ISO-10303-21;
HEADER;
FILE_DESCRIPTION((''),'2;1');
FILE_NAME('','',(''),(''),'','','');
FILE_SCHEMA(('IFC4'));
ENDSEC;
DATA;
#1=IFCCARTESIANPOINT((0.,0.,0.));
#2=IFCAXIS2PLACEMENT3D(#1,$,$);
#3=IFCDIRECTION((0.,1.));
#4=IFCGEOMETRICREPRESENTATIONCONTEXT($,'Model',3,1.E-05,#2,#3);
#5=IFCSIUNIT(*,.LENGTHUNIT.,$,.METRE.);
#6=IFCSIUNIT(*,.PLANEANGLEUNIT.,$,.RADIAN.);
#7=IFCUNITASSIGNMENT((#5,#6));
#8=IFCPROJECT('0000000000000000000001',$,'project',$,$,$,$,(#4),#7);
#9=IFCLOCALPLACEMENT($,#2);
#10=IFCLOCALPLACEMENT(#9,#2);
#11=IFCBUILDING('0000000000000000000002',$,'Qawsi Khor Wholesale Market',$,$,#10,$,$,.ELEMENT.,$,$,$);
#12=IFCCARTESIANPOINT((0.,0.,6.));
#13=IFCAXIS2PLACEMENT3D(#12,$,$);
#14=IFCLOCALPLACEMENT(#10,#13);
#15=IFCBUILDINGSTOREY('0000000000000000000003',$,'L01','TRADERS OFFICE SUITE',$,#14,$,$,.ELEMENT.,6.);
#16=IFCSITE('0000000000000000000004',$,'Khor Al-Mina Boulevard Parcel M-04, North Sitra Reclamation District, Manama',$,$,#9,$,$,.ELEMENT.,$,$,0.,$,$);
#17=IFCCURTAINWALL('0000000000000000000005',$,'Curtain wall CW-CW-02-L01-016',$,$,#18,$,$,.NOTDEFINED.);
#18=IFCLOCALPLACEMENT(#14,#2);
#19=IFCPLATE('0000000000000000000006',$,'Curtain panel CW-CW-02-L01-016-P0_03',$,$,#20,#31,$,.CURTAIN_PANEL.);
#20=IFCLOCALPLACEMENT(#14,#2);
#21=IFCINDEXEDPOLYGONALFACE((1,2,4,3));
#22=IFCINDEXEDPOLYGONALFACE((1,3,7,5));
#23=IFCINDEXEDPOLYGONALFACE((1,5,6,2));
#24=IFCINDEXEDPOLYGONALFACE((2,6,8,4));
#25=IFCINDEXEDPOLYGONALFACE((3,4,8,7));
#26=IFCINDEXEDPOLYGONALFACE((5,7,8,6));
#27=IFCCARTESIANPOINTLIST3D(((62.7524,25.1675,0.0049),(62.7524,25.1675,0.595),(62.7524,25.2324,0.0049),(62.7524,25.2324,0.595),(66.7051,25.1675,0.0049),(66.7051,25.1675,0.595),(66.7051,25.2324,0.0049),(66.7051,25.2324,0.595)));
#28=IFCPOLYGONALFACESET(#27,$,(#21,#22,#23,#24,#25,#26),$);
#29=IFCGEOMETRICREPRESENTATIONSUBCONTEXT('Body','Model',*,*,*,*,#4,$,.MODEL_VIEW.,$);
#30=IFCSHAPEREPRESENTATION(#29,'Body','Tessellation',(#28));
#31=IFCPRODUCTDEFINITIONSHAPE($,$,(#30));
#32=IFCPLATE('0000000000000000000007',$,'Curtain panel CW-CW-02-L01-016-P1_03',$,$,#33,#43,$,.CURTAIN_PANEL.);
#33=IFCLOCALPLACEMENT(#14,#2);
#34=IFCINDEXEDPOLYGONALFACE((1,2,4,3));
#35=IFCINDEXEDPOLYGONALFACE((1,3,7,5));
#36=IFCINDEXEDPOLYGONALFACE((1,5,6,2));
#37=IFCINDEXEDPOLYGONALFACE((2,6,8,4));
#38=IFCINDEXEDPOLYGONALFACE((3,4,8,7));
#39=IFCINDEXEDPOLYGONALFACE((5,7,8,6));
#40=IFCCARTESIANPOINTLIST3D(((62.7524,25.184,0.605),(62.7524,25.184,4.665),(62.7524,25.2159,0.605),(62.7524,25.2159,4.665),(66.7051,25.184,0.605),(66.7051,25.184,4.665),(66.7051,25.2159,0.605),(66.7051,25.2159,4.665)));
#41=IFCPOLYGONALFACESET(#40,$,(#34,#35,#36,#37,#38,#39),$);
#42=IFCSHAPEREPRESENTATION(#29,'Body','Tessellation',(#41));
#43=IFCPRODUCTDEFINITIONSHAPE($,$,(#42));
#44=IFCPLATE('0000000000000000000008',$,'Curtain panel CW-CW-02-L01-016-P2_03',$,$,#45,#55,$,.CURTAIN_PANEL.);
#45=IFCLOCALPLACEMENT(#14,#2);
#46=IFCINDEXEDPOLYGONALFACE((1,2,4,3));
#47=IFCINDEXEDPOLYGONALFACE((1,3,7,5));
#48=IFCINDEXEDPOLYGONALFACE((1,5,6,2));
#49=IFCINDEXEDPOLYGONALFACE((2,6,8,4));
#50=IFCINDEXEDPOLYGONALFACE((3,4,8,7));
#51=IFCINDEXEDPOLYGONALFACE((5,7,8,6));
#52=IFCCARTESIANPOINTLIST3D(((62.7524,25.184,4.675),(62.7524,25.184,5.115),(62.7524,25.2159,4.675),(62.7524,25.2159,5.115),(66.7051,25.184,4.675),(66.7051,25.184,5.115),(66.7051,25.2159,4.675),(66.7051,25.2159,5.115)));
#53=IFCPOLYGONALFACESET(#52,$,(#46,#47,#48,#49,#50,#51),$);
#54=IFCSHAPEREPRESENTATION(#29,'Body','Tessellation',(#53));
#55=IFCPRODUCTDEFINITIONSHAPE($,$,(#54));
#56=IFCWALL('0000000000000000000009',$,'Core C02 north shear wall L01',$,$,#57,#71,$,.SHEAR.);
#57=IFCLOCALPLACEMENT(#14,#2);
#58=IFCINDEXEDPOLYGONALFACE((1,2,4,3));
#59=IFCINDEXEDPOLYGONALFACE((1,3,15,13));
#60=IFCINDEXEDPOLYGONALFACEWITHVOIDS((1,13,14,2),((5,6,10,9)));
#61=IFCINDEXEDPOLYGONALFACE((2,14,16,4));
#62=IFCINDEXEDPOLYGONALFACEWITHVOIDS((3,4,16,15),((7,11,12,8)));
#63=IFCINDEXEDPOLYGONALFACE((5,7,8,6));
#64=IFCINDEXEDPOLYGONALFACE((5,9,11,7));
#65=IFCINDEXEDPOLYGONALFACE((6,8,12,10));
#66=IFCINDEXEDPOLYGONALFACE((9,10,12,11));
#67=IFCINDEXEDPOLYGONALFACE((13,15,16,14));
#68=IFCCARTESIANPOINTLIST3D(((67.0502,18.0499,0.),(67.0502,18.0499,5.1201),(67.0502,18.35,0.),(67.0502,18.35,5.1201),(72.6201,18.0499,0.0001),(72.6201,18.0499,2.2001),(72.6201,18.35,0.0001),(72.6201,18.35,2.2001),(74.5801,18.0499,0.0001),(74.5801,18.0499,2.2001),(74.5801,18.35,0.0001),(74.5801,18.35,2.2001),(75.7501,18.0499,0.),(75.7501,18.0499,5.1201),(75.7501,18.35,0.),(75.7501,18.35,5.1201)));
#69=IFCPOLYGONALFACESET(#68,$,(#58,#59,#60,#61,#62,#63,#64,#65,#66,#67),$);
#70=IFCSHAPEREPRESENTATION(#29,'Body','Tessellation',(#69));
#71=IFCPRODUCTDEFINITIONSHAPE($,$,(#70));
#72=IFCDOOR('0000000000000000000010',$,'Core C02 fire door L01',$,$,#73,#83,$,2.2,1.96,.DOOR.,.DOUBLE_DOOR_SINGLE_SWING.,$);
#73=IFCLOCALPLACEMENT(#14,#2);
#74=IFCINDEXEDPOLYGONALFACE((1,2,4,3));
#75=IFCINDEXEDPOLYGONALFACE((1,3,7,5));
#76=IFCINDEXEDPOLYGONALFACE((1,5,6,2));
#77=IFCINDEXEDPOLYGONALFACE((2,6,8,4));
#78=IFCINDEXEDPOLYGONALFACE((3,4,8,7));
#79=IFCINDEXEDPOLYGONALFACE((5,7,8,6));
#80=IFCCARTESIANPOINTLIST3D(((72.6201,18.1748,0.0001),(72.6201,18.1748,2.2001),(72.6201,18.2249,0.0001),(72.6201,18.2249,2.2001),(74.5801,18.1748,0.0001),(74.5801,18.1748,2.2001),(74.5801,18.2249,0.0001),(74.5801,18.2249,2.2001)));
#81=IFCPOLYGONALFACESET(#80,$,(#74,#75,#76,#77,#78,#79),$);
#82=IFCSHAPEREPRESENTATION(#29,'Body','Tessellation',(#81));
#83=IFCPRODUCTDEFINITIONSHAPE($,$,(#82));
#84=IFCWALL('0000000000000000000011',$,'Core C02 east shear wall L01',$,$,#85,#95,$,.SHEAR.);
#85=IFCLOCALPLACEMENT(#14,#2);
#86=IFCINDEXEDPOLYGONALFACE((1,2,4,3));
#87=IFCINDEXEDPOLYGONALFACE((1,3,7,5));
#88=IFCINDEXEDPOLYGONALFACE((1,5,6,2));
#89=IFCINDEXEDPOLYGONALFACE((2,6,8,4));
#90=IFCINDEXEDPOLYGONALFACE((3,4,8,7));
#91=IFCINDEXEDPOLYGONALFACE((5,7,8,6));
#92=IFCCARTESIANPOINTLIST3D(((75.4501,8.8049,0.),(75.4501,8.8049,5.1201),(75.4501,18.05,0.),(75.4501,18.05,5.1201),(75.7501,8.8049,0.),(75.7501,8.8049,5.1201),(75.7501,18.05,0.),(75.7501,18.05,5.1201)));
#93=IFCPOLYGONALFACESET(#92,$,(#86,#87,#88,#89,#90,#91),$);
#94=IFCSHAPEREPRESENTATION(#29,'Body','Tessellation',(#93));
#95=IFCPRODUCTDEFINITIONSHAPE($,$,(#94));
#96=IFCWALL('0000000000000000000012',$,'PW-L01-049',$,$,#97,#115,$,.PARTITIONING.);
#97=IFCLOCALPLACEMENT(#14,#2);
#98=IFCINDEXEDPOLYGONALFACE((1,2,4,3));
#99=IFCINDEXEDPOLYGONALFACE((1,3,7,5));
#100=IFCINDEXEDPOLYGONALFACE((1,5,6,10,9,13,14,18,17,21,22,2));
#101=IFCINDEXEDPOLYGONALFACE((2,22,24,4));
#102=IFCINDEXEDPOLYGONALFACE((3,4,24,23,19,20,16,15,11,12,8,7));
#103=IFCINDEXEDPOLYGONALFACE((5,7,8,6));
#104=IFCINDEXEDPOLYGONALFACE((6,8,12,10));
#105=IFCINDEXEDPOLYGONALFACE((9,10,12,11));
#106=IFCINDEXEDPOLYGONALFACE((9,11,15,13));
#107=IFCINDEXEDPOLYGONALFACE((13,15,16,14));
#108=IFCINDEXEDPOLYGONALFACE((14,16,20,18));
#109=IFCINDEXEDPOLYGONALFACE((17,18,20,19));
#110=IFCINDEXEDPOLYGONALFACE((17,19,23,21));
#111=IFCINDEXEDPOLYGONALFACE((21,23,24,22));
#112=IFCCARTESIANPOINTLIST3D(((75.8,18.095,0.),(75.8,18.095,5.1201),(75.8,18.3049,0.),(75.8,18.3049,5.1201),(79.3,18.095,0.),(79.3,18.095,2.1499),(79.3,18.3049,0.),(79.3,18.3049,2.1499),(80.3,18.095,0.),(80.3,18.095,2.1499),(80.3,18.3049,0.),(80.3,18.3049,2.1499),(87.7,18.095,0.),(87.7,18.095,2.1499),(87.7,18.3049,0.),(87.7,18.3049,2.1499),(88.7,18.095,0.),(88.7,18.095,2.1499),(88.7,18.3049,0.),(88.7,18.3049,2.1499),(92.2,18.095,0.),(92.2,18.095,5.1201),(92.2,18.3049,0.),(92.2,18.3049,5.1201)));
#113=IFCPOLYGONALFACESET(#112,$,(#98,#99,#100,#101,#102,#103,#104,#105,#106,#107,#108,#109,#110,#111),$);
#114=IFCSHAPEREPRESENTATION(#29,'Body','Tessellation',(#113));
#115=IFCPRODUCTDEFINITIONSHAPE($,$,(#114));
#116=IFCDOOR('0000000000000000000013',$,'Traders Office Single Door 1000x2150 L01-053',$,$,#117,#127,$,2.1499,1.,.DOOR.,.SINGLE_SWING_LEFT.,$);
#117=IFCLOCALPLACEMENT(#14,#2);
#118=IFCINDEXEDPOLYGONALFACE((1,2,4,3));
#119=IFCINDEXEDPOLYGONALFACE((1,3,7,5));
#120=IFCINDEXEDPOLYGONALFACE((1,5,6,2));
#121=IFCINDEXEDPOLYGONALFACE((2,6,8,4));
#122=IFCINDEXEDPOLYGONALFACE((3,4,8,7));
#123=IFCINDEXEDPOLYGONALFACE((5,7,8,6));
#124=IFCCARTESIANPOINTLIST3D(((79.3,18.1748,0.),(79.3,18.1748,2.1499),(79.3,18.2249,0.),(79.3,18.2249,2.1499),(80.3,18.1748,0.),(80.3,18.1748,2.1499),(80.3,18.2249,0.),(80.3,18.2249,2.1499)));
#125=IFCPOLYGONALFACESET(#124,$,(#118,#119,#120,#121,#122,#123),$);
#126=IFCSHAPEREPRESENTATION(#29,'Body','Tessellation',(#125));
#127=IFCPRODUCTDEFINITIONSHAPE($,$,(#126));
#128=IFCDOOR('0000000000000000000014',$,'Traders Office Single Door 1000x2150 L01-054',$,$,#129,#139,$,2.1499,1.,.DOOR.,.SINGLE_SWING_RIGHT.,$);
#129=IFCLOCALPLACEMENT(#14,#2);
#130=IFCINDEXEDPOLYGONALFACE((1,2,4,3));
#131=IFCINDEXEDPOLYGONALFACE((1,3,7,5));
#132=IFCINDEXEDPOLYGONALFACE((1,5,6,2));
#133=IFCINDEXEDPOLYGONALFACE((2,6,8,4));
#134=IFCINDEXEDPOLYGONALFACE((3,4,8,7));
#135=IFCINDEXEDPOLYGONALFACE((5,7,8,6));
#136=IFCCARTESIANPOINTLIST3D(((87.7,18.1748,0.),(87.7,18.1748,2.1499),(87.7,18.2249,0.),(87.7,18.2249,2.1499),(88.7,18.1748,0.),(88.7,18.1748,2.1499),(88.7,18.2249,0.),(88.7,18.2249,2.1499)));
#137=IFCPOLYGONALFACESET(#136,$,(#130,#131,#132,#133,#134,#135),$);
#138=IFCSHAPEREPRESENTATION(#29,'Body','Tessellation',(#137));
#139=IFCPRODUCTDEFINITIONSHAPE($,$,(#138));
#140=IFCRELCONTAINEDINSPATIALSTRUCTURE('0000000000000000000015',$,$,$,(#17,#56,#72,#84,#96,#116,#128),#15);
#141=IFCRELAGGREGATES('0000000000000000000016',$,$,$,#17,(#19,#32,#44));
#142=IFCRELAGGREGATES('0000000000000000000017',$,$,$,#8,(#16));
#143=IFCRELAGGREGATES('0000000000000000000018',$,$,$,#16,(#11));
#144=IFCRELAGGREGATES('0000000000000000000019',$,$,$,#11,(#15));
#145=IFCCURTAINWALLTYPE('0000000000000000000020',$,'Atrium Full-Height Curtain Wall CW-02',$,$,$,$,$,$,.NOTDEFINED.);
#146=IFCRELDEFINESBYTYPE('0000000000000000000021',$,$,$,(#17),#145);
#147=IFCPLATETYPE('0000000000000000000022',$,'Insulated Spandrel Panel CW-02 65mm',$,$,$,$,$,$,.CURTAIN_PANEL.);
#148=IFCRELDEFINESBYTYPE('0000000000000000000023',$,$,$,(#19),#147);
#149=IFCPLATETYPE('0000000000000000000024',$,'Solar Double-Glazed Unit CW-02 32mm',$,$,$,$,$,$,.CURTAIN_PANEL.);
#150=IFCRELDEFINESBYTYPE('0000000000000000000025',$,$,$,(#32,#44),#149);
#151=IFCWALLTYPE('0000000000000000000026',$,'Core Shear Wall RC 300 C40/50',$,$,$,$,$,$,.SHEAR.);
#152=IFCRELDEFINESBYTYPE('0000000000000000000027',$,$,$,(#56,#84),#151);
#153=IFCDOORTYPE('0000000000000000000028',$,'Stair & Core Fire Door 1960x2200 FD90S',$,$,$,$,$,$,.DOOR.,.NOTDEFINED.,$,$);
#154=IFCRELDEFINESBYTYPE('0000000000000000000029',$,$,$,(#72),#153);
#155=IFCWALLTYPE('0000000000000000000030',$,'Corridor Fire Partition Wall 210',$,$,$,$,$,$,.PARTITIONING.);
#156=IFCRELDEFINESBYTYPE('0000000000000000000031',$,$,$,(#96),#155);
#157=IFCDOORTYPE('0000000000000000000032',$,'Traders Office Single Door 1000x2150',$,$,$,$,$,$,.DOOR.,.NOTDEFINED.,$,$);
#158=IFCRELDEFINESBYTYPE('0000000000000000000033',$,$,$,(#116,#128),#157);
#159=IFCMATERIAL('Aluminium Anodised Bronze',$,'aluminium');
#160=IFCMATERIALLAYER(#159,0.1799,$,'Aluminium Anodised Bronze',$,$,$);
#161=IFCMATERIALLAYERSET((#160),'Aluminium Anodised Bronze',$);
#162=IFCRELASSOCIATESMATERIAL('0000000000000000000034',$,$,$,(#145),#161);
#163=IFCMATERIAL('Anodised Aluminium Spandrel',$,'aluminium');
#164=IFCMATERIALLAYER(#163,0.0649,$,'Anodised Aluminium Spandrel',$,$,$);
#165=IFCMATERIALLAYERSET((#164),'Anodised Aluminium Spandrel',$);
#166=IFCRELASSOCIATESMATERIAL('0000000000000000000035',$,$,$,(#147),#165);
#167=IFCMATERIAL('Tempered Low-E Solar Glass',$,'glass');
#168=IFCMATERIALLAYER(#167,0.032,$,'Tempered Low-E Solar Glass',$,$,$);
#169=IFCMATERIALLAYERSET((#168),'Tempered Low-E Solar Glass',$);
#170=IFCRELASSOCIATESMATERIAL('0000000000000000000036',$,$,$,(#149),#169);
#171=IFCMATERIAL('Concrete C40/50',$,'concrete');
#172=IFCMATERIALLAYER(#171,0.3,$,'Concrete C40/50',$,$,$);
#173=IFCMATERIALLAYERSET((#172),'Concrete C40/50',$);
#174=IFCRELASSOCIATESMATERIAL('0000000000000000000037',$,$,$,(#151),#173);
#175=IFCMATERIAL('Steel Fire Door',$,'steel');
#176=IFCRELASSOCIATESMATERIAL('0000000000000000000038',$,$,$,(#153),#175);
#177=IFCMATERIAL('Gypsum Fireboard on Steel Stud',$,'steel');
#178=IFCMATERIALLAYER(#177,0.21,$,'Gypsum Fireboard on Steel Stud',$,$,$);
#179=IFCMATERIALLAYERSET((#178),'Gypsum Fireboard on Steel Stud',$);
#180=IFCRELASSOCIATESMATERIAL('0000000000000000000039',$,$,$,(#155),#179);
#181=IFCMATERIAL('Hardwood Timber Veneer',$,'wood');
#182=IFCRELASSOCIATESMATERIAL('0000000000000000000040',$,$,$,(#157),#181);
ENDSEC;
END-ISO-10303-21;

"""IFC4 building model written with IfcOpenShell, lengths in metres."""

from ifc_helpers import new_model, si_unit, direction, frame, frame_2d, origin, place, context, subcontext, project, spatial, rectangle, extrude, material, layer, layer_set, type_object, element, fill, aggregate, save


model = new_model("IFC4")

# Units and contexts
model_context = context("Model", 3, precision=1e-05, world=origin(), true_north=direction((0.0, 1.0)))
body_context = subcontext(model_context, "Body", "Model", "MODEL_VIEW")
ifc_project = project(units=[si_unit("LENGTHUNIT", "METRE"), si_unit("PLANEANGLEUNIT", "RADIAN")], contexts=[model_context])

# Site, building, storey
site_placement = place(None, origin())
site = spatial("IfcSite", under=ifc_project, at=site_placement, Name="Khor Al-Mina Boulevard Parcel M-04, North Sitra Reclamation District, Manama", CompositionType="ELEMENT", RefElevation=0.0)
building_placement = place(site_placement, origin())
building = spatial("IfcBuilding", under=site, at=building_placement, Name="Qawsi Khor Wholesale Market", CompositionType="ELEMENT")
storey_placement = place(building_placement, frame((0.0, 0.0, 6.0)))
storey = spatial("IfcBuildingStorey", under=building, at=storey_placement, Name="L01", Description="TRADERS OFFICE SUITE", CompositionType="ELEMENT", Elevation=6.0)

# Shared definitions
ifc_material_1 = material(Name="Concrete C40/50", Category="concrete")

# Curtain wall
ifc_material_2 = material(Name="Aluminium Anodised Bronze", Category="aluminium")
ifc_layer_1 = layer(ifc_material_2, 0.1799, Name="Aluminium Anodised Bronze")
ifc_layer_set_1 = layer_set([ifc_layer_1], Name="Aluminium Anodised Bronze")
curtain_wall_type = type_object("IfcCurtainWallType", Name="Atrium Full-Height Curtain Wall CW-02", PredefinedType="NOTDEFINED", material=ifc_layer_set_1)
curtain_wall_placement = place(storey_placement, origin())
curtain_wall = element("IfcCurtainWall", 1, at=curtain_wall_placement, inside=storey, type_object=curtain_wall_type, Name="Curtain wall CW-CW-02-L01-016", PredefinedType="NOTDEFINED")

# Plates
ifc_material_3 = material(Name="Anodised Aluminium Spandrel", Category="aluminium")
ifc_layer_2 = layer(ifc_material_3, 0.0649, Name="Anodised Aluminium Spandrel")
ifc_layer_set_2 = layer_set([ifc_layer_2], Name="Anodised Aluminium Spandrel")
plate_type_1 = type_object("IfcPlateType", Name="Insulated Spandrel Panel CW-02 65mm", PredefinedType="CURTAIN_PANEL", material=ifc_layer_set_2)
plate_1_placement = place(storey_placement, frame((62.7524, 25.2, 0.0049), z_axis=(0.0, 0.0, 1.0), x_axis=(1.0, 0.0, 0.0)))
plate_1 = element("IfcPlate", 2, at=plate_1_placement, type_object=plate_type_1, Name="Curtain panel CW-CW-02-L01-016-P0_03", PredefinedType="CURTAIN_PANEL", context=body_context, shape_type="SweptSolid", body=[
    extrude(rectangle(XDim=3.9526, YDim=0.0649, at=frame_2d((1.9763, 0.0))), origin(), (0.0, 0.0, 1.0), 0.5901),
])
ifc_material_4 = material(Name="Tempered Low-E Solar Glass", Category="glass")
ifc_layer_3 = layer(ifc_material_4, 0.032, Name="Tempered Low-E Solar Glass")
ifc_layer_set_3 = layer_set([ifc_layer_3], Name="Tempered Low-E Solar Glass")
plate_type_2 = type_object("IfcPlateType", Name="Solar Double-Glazed Unit CW-02 32mm", PredefinedType="CURTAIN_PANEL", material=ifc_layer_set_3)
plate_2_placement = place(storey_placement, frame((62.7524, 25.2, 0.605), z_axis=(0.0, 0.0, 1.0), x_axis=(1.0, 0.0, 0.0)))
plate_2 = element("IfcPlate", 3, at=plate_2_placement, type_object=plate_type_2, Name="Curtain panel CW-CW-02-L01-016-P1_03", PredefinedType="CURTAIN_PANEL", context=body_context, shape_type="SweptSolid", body=[
    extrude(rectangle(XDim=3.9526, YDim=0.032, at=frame_2d((1.9763, 0.0))), origin(), (0.0, 0.0, 1.0), 4.0601),
])
plate_3_placement = place(storey_placement, frame((62.7524, 25.2, 4.675), z_axis=(0.0, 0.0, 1.0), x_axis=(1.0, 0.0, 0.0)))
plate_3 = element("IfcPlate", 4, at=plate_3_placement, type_object=plate_type_2, Name="Curtain panel CW-CW-02-L01-016-P2_03", PredefinedType="CURTAIN_PANEL", context=body_context, shape_type="SweptSolid", body=[
    extrude(rectangle(XDim=3.9526, YDim=0.032, at=frame_2d((1.9763, 0.0))), origin(), (0.0, 0.0, 1.0), 0.4399),
])
aggregate(curtain_wall, [plate_1, plate_2, plate_3])

# Wall, opening, door
ifc_layer_4 = layer(ifc_material_1, 0.3, Name="Concrete C40/50")
ifc_layer_set_4 = layer_set([ifc_layer_4], Name="Concrete C40/50")
wall_type_1 = type_object("IfcWallType", Name="Core Shear Wall RC 300 C40/50", PredefinedType="SHEAR", material=ifc_layer_set_4)
wall_1_placement = place(storey_placement, frame((67.05, 18.2, 0.0), z_axis=(0.0, 0.0, 1.0), x_axis=(1.0, 0.0, 0.0)))
wall_1 = element("IfcWall", 5, at=wall_1_placement, inside=storey, type_object=wall_type_1, Name="Core C02 north shear wall L01", PredefinedType="SHEAR", context=body_context, shape_type="SweptSolid", body=[
    extrude(rectangle(XDim=8.7, YDim=0.3, at=frame_2d((4.3501, 0.0))), origin(), (0.0, 0.0, 1.0), 5.1201),
])
opening_1_placement = place(wall_1_placement, frame((5.5701, 0.0, 0.0)))
opening_1 = element("IfcOpeningElement", 6, at=opening_1_placement, cuts=wall_1, PredefinedType="OPENING", context=body_context, shape_type="SweptSolid", body=[
    extrude(rectangle(XDim=1.96, YDim=2.2, at=frame_2d((0.98, 1.1001))), frame((0.0, 0.1599, 0.0), z_axis=(0.0, -1.0, 0.0), x_axis=(1.0, 0.0, 0.0)), (0.0, 0.0, 1.0), 0.3201),
])
ifc_material_5 = material(Name="Steel Fire Door", Category="steel")
door_type_1 = type_object("IfcDoorType", Name="Stair & Core Fire Door 1960x2200 FD90S", OperationType="NOTDEFINED", PredefinedType="DOOR", material=ifc_material_5)
door_1_placement = place(opening_1_placement, origin())
door_1 = element("IfcDoor", 7, at=door_1_placement, inside=storey, type_object=door_type_1, Name="Core C02 fire door L01", OperationType="DOUBLE_DOOR_SINGLE_SWING", OverallHeight=2.2, OverallWidth=1.96, PredefinedType="DOOR", context=body_context, shape_type="SweptSolid", body=[
    extrude(rectangle(XDim=1.96, YDim=2.2, at=frame_2d((0.98, 1.1001))), frame((0.0, 0.0249, 0.0), z_axis=(0.0, -1.0, 0.0), x_axis=(1.0, 0.0, 0.0)), (0.0, 0.0, 1.0), 0.05),
])
fill(opening_1, door_1)

# Wall
wall_2_placement = place(storey_placement, frame((75.6001, 18.05, 0.0), z_axis=(0.0, 0.0, 1.0), x_axis=(0.0, -1.0, 0.0)))
element("IfcWall", 8, at=wall_2_placement, inside=storey, type_object=wall_type_1, Name="Core C02 east shear wall L01", PredefinedType="SHEAR", context=body_context, shape_type="SweptSolid", body=[
    extrude(rectangle(XDim=9.2451, YDim=0.3, at=frame_2d((4.6226, 0.0))), origin(), (0.0, 0.0, 1.0), 5.1201),
])

# Wall, openings, doors
ifc_material_6 = material(Name="Gypsum Fireboard on Steel Stud", Category="steel")
ifc_layer_5 = layer(ifc_material_6, 0.21, Name="Gypsum Fireboard on Steel Stud")
ifc_layer_set_5 = layer_set([ifc_layer_5], Name="Gypsum Fireboard on Steel Stud")
wall_type_2 = type_object("IfcWallType", Name="Corridor Fire Partition Wall 210", PredefinedType="PARTITIONING", material=ifc_layer_set_5)
wall_3_placement = place(storey_placement, frame((75.8, 18.2, 0.0), z_axis=(0.0, 0.0, 1.0), x_axis=(1.0, 0.0, 0.0)))
wall_3 = element("IfcWall", 9, at=wall_3_placement, inside=storey, type_object=wall_type_2, Name="PW-L01-049", PredefinedType="PARTITIONING", context=body_context, shape_type="SweptSolid", body=[
    extrude(rectangle(XDim=16.3999, YDim=0.21, at=frame_2d((8.2, 0.0))), origin(), (0.0, 0.0, 1.0), 5.1201),
])
opening_2_placement = place(wall_3_placement, frame((3.5, 0.0, 0.0)))
opening_2 = element("IfcOpeningElement", 10, at=opening_2_placement, cuts=wall_3, PredefinedType="OPENING", context=body_context, shape_type="SweptSolid", body=[
    extrude(rectangle(XDim=1.0, YDim=2.1499, at=frame_2d((0.5, 1.075))), frame((0.0, 0.115, 0.0), z_axis=(0.0, -1.0, 0.0), x_axis=(1.0, 0.0, 0.0)), (0.0, 0.0, 1.0), 0.23),
])
opening_3_placement = place(wall_3_placement, frame((11.8999, 0.0, 0.0)))
opening_3 = element("IfcOpeningElement", 11, at=opening_3_placement, cuts=wall_3, PredefinedType="OPENING", context=body_context, shape_type="SweptSolid", body=[
    extrude(rectangle(XDim=1.0, YDim=2.1499, at=frame_2d((0.5, 1.075))), frame((0.0, 0.115, 0.0), z_axis=(0.0, -1.0, 0.0), x_axis=(1.0, 0.0, 0.0)), (0.0, 0.0, 1.0), 0.23),
])
ifc_material_7 = material(Name="Hardwood Timber Veneer", Category="wood")
door_type_2 = type_object("IfcDoorType", Name="Traders Office Single Door 1000x2150", OperationType="NOTDEFINED", PredefinedType="DOOR", material=ifc_material_7)
door_2_placement = place(opening_2_placement, origin())
door_2 = element("IfcDoor", 12, at=door_2_placement, inside=storey, type_object=door_type_2, Name="Traders Office Single Door 1000x2150 L01-053", OperationType="SINGLE_SWING_LEFT", OverallHeight=2.1499, OverallWidth=1.0, PredefinedType="DOOR", context=body_context, shape_type="SweptSolid", body=[
    extrude(rectangle(XDim=1.0, YDim=2.1499, at=frame_2d((0.5, 1.075))), frame((0.0, 0.0249, 0.0), z_axis=(0.0, -1.0, 0.0), x_axis=(1.0, 0.0, 0.0)), (0.0, 0.0, 1.0), 0.05),
])
fill(opening_2, door_2)
door_3_placement = place(opening_3_placement, origin())
door_3 = element("IfcDoor", 13, at=door_3_placement, inside=storey, type_object=door_type_2, Name="Traders Office Single Door 1000x2150 L01-054", OperationType="SINGLE_SWING_RIGHT", OverallHeight=2.1499, OverallWidth=1.0, PredefinedType="DOOR", context=body_context, shape_type="SweptSolid", body=[
    extrude(rectangle(XDim=1.0, YDim=2.1499, at=frame_2d((0.5, 1.075))), frame((0.0, 0.0249, 0.0), z_axis=(0.0, -1.0, 0.0), x_axis=(1.0, 0.0, 0.0)), (0.0, 0.0, 1.0), 0.05),
])
fill(opening_3, door_3)

save(model, "model.ifc")
